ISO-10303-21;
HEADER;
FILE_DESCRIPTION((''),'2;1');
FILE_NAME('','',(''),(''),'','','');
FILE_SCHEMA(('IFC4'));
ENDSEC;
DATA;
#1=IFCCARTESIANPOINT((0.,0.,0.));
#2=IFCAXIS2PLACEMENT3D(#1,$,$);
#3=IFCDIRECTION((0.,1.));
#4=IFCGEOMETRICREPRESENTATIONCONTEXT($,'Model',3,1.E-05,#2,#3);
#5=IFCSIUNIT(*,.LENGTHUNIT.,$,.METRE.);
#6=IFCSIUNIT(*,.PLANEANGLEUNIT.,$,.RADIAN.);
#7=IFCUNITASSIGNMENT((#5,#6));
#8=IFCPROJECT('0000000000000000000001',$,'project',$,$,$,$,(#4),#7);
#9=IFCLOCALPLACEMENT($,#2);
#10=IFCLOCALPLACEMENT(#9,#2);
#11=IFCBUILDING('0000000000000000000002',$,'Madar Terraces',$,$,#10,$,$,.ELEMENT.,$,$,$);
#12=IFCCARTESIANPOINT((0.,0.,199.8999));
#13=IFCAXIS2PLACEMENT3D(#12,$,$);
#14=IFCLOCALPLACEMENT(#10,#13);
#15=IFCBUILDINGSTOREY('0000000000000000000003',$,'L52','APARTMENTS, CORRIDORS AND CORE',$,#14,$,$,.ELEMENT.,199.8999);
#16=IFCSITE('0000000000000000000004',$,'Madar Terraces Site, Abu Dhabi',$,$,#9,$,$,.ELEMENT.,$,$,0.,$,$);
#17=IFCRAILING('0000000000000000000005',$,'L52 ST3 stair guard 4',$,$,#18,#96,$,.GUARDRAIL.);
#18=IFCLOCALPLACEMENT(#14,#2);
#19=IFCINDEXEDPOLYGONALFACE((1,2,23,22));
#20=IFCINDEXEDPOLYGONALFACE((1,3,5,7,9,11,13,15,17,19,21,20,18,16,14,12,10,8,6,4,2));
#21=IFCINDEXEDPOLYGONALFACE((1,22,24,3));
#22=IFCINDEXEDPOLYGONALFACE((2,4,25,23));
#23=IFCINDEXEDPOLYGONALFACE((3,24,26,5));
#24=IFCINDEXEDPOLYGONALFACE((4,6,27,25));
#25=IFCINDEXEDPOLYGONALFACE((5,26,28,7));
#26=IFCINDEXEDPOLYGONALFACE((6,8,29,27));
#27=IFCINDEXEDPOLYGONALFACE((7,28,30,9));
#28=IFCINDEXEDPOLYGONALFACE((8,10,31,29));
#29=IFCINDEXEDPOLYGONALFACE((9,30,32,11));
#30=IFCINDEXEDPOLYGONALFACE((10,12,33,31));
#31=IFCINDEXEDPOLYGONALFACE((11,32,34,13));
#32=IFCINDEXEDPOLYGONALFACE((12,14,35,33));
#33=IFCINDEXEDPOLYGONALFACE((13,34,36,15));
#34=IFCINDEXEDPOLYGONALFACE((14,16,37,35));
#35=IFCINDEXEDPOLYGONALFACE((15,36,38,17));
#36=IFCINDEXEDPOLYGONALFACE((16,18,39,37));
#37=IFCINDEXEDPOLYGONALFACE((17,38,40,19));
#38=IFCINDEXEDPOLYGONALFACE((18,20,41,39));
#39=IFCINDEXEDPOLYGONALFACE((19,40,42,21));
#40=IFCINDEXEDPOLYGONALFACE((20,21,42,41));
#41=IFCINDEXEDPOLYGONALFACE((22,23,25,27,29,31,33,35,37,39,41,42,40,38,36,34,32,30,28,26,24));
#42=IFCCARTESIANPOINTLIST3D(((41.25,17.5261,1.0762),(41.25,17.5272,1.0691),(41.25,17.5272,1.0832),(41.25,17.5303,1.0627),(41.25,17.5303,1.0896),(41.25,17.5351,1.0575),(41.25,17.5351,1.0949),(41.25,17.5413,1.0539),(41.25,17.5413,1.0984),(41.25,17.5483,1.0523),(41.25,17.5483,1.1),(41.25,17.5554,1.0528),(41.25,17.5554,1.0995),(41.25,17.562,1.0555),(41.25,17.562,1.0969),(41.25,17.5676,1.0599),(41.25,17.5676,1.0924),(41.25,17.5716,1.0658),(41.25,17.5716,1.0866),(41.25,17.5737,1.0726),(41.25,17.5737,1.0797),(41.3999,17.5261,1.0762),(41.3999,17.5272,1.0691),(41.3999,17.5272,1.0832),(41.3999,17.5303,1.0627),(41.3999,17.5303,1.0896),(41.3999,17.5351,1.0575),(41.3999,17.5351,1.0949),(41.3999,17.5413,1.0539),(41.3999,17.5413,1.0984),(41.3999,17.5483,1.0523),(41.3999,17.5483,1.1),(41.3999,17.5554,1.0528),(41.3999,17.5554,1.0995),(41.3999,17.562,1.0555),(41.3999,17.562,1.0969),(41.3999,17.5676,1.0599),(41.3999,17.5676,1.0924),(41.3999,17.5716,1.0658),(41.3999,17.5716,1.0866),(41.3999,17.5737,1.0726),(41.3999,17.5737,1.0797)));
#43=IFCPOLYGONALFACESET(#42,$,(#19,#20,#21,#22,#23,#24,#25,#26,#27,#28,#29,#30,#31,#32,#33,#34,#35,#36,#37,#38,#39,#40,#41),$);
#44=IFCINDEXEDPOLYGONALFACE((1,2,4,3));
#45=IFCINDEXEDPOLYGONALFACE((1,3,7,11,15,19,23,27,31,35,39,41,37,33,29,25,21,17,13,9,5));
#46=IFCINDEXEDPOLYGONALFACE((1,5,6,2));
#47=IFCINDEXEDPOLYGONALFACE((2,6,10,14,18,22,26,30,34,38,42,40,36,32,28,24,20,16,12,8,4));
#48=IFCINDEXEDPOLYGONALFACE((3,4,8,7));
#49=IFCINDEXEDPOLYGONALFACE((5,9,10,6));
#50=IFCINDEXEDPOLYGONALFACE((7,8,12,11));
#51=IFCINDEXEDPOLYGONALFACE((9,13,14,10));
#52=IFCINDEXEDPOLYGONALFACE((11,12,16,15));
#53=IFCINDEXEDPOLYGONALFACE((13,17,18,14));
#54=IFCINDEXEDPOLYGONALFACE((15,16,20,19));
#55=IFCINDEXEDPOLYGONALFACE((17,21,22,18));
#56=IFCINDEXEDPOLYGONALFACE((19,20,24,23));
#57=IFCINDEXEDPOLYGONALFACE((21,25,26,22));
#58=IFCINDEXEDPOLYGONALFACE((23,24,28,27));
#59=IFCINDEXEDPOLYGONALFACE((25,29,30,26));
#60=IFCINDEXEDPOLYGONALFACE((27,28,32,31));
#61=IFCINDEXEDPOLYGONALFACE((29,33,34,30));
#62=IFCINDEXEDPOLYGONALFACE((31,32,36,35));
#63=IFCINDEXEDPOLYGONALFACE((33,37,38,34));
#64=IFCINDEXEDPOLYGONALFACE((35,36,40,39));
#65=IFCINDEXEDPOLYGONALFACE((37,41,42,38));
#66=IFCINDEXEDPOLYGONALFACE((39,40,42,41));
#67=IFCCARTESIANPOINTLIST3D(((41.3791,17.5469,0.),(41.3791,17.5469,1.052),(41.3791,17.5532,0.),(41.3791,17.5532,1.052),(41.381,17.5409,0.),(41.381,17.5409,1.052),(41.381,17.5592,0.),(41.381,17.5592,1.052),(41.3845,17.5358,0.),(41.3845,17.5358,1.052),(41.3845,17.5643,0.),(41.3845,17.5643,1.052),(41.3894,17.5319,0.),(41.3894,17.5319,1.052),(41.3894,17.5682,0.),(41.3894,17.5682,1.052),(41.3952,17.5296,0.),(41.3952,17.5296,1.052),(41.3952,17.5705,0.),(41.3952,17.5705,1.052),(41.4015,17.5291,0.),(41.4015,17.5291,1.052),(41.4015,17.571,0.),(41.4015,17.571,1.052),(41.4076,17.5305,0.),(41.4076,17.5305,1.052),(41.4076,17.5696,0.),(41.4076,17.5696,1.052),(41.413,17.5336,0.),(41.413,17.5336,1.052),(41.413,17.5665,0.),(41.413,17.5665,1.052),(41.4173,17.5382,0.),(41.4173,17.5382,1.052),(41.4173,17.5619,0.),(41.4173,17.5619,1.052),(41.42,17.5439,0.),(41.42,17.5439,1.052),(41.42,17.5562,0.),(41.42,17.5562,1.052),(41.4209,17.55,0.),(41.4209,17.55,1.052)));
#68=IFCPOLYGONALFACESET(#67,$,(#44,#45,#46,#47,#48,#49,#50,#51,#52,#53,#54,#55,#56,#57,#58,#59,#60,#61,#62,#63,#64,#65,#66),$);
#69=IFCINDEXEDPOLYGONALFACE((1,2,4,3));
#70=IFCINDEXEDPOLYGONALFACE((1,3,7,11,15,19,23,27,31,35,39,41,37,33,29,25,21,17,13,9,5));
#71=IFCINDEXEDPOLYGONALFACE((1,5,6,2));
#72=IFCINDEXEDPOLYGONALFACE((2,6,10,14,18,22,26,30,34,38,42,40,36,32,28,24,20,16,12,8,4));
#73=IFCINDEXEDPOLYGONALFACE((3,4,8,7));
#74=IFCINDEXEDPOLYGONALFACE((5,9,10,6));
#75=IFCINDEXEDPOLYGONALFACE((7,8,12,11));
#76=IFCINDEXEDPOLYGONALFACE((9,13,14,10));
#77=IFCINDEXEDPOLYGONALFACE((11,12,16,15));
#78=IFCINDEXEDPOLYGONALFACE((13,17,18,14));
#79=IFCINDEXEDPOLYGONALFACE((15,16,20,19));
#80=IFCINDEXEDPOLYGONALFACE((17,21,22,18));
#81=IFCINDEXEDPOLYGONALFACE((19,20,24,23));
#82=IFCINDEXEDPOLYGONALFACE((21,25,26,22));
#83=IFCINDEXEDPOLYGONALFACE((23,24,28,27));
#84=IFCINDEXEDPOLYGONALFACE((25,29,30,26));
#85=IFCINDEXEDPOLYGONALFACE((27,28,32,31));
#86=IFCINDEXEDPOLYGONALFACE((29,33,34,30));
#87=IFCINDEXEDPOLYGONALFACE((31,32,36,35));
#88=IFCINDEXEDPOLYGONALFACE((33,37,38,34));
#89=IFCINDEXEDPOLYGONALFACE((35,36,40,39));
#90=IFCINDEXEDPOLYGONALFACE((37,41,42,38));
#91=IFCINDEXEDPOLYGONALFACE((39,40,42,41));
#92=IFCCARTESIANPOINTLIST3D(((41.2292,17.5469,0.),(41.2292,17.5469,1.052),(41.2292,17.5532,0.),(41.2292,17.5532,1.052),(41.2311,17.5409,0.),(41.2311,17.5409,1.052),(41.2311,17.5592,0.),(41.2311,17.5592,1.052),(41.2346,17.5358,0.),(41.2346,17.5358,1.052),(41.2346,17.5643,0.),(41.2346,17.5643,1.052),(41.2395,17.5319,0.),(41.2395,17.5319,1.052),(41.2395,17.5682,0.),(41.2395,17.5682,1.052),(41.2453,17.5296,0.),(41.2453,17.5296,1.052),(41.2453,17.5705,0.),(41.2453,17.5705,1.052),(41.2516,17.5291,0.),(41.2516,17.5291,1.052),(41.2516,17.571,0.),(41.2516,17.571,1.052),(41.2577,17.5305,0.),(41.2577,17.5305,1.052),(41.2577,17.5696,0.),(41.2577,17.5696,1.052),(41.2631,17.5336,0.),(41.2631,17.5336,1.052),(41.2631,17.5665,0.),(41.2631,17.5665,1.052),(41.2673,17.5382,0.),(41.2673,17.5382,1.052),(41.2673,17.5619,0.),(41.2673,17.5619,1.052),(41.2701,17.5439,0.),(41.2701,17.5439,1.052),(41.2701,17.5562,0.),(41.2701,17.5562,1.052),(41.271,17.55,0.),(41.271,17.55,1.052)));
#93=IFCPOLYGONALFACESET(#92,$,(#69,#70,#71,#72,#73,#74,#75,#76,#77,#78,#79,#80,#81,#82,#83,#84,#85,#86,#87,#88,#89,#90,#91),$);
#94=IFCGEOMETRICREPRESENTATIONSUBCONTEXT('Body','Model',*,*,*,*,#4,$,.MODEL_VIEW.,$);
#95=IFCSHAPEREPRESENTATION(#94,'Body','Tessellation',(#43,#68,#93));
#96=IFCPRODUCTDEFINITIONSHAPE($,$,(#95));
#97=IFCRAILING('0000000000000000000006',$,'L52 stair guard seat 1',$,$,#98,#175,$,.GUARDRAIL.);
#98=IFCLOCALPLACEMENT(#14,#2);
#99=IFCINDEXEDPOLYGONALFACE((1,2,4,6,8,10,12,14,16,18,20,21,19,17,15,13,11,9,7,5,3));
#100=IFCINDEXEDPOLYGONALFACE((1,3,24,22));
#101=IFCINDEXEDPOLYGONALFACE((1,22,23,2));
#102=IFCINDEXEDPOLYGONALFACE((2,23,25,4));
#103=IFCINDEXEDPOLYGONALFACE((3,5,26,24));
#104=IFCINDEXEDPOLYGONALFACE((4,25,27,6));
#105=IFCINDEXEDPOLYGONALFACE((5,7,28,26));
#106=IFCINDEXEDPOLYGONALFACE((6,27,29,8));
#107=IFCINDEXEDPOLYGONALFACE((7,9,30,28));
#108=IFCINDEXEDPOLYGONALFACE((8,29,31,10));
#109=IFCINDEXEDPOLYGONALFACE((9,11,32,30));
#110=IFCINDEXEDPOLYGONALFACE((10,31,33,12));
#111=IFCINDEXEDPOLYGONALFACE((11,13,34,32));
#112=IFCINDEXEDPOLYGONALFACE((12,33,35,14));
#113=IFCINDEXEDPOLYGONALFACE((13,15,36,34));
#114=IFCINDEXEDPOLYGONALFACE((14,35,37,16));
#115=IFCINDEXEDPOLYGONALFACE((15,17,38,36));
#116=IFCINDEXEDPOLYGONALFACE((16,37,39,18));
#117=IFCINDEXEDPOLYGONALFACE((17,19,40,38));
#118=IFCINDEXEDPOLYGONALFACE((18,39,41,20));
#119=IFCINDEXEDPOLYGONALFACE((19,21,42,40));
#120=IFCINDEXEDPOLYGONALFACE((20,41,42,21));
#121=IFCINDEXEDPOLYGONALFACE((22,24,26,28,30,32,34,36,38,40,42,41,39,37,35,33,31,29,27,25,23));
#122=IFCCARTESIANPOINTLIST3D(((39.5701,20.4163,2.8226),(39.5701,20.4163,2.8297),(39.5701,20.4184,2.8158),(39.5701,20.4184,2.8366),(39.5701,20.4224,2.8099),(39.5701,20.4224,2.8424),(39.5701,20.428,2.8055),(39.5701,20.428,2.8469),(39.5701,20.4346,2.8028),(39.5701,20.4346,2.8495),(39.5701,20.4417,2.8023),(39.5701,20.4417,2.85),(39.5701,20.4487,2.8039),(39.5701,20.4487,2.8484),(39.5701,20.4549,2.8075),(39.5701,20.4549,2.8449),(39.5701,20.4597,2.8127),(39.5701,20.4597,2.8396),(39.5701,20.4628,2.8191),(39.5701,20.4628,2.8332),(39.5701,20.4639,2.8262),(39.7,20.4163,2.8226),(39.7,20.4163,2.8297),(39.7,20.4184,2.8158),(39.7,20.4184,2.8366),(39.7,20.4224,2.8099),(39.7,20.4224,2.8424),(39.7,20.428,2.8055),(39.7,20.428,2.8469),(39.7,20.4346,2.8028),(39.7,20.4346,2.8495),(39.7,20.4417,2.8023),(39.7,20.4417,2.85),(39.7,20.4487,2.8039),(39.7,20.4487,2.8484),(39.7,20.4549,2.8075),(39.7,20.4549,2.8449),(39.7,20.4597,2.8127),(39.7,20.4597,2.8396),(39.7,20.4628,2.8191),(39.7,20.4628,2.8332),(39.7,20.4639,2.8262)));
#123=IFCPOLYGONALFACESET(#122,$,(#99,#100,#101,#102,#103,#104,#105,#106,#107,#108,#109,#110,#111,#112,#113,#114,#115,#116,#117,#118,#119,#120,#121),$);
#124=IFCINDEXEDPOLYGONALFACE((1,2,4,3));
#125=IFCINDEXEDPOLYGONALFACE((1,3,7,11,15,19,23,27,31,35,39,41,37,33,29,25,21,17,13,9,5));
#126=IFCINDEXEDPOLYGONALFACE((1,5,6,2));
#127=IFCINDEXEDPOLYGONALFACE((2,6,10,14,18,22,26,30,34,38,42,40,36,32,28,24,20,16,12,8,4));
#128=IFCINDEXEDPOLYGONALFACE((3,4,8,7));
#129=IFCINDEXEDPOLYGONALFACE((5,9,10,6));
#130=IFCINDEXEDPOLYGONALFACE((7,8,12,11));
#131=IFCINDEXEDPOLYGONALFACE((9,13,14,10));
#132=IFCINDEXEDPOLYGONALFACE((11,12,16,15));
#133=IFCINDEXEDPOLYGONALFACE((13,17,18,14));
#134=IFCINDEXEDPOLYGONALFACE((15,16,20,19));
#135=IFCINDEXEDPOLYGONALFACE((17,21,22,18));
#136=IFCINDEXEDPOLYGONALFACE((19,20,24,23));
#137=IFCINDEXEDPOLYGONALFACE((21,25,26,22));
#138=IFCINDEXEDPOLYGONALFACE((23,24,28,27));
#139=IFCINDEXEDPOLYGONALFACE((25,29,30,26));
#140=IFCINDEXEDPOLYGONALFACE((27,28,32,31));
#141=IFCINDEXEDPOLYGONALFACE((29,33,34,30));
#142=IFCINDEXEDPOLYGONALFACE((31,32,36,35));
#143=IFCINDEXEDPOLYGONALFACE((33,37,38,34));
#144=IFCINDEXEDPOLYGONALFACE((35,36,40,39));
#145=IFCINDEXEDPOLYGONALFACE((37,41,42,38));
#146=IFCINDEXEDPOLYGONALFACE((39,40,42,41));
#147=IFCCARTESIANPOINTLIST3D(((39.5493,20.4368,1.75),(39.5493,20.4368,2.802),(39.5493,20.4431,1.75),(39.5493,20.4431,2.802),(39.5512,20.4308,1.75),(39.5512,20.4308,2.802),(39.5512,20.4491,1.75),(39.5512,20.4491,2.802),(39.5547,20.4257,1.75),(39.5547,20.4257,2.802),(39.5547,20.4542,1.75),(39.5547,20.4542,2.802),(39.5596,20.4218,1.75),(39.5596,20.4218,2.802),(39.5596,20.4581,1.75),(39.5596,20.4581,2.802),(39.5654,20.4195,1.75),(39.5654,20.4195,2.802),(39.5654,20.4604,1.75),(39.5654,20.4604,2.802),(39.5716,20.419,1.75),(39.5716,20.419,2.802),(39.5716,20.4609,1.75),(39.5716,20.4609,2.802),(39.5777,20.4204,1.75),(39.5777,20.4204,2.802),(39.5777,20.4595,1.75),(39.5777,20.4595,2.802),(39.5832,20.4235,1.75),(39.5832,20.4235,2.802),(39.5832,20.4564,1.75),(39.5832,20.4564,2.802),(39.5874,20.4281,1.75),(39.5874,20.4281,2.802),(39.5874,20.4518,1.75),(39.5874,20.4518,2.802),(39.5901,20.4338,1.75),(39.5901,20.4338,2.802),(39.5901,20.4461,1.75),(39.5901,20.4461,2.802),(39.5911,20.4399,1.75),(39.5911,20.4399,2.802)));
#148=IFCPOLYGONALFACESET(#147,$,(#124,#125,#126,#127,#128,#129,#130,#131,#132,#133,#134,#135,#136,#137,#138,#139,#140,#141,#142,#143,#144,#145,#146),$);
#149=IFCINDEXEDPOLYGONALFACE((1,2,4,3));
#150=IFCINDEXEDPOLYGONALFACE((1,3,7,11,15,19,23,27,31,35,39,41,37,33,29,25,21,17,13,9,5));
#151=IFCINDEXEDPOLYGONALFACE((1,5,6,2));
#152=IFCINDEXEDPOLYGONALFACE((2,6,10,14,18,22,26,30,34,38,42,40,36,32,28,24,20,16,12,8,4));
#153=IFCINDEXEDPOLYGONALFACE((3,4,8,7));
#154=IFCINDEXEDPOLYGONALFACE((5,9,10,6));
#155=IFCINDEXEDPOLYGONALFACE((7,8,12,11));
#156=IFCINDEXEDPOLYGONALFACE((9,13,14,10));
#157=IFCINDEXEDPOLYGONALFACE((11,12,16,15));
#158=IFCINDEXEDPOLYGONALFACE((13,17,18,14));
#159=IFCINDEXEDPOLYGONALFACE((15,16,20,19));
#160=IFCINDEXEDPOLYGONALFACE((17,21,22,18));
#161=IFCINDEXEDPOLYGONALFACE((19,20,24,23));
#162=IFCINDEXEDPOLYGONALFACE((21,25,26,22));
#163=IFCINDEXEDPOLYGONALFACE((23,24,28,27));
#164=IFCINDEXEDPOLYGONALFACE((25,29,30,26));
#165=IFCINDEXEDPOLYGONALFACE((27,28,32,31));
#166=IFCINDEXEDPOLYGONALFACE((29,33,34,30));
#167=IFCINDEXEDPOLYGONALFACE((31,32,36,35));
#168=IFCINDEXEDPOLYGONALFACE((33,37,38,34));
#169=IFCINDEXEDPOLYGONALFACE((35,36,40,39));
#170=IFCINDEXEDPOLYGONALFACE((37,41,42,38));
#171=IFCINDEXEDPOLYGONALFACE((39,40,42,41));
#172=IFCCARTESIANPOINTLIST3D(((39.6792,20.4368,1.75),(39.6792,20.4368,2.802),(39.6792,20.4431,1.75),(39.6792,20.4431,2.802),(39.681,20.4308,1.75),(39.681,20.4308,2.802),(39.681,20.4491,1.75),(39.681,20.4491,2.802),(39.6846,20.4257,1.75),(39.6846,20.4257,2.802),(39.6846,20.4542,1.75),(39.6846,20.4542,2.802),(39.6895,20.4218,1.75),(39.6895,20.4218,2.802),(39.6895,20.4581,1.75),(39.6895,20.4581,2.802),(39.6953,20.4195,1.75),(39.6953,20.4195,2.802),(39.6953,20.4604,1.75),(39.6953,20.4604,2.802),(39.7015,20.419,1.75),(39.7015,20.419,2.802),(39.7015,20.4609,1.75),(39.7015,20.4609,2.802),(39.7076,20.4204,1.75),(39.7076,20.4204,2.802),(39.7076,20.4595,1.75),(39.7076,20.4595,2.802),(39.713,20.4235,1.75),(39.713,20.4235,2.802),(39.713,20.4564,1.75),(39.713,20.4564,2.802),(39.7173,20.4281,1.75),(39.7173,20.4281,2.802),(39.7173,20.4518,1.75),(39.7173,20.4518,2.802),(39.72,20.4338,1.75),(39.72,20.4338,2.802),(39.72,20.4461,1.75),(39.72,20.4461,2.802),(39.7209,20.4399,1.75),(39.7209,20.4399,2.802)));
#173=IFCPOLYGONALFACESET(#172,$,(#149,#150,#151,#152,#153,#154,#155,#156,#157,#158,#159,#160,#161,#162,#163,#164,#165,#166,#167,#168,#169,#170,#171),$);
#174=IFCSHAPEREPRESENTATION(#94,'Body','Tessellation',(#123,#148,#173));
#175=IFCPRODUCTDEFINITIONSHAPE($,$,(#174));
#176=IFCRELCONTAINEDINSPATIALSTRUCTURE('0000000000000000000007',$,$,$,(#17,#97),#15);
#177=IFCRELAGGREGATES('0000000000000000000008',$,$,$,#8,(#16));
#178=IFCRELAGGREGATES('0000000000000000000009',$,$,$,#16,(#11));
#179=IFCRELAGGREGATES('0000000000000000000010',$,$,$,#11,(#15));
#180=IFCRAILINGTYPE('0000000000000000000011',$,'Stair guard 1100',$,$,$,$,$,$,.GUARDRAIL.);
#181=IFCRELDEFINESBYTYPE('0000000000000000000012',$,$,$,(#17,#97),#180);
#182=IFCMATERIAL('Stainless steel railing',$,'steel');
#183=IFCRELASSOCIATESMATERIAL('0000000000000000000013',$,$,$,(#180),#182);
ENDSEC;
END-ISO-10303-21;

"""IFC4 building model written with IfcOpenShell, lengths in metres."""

from ifc_helpers import new_model, si_unit, direction, frame, origin, origin_2d, place, context, subcontext, project, spatial, circle, extrude, material, type_object, element, save


model = new_model("IFC4")

# Units and contexts
model_context = context("Model", 3, precision=1e-05, world=origin(), true_north=direction((0.0, 1.0)))
body_context = subcontext(model_context, "Body", "Model", "MODEL_VIEW")
ifc_project = project(units=[si_unit("LENGTHUNIT", "METRE"), si_unit("PLANEANGLEUNIT", "RADIAN")], contexts=[model_context])

# Site, building, storey
site_placement = place(None, origin())
site = spatial("IfcSite", under=ifc_project, at=site_placement, Name="Madar Terraces Site, Abu Dhabi", CompositionType="ELEMENT", RefElevation=0.0)
building_placement = place(site_placement, origin())
building = spatial("IfcBuilding", under=site, at=building_placement, Name="Madar Terraces", CompositionType="ELEMENT")
storey_placement = place(building_placement, frame((0.0, 0.0, 199.8999)))
storey = spatial("IfcBuildingStorey", under=building, at=storey_placement, Name="L52", Description="APARTMENTS, CORRIDORS AND CORE", CompositionType="ELEMENT", Elevation=199.8999)

# Railings
ifc_material_1 = material(Name="Stainless steel railing", Category="steel")
railing_type_1 = type_object("IfcRailingType", Name="Stair guard 1100", PredefinedType="GUARDRAIL", material=ifc_material_1)
railing_1_placement = place(storey_placement, frame((41.3999, 17.55, 0.0)))
element("IfcRailing", 1, at=railing_1_placement, inside=storey, type_object=railing_type_1, Name="L52 ST3 stair guard 4", PredefinedType="GUARDRAIL", context=body_context, shape_type="SweptSolid", body=[
    extrude(circle(Radius=0.0239, at=origin_2d()), frame((0.0, 0.0, 1.0762), z_axis=(-1.0, 0.0, 0.0), x_axis=(0.0, -1.0, 0.0)), (0.0, 0.0, 1.0), 0.1499),
    extrude(circle(Radius=0.021, at=origin_2d()), origin(), (0.0, 0.0, 1.0), 1.052),
    extrude(circle(Radius=0.021, at=origin_2d()), frame((-0.1499, 0.0, 0.0)), (0.0, 0.0, 1.0), 1.052),
])
railing_2_placement = place(storey_placement, frame((39.5701, 20.4399, 1.75)))
element("IfcRailing", 2, at=railing_2_placement, inside=storey, type_object=railing_type_1, Name="L52 stair guard seat 1", PredefinedType="GUARDRAIL", context=body_context, shape_type="SweptSolid", body=[
    extrude(circle(Radius=0.0239, at=origin_2d()), frame((0.0, 0.0, 1.0762), z_axis=(1.0, 0.0, 0.0), x_axis=(0.0, 1.0, 0.0)), (0.0, 0.0, 1.0), 0.1299),
    extrude(circle(Radius=0.021, at=origin_2d()), origin(), (0.0, 0.0, 1.0), 1.052),
    extrude(circle(Radius=0.021, at=origin_2d()), frame((0.1299, 0.0, 0.0)), (0.0, 0.0, 1.0), 1.052),
])

save(model, "model.ifc")
